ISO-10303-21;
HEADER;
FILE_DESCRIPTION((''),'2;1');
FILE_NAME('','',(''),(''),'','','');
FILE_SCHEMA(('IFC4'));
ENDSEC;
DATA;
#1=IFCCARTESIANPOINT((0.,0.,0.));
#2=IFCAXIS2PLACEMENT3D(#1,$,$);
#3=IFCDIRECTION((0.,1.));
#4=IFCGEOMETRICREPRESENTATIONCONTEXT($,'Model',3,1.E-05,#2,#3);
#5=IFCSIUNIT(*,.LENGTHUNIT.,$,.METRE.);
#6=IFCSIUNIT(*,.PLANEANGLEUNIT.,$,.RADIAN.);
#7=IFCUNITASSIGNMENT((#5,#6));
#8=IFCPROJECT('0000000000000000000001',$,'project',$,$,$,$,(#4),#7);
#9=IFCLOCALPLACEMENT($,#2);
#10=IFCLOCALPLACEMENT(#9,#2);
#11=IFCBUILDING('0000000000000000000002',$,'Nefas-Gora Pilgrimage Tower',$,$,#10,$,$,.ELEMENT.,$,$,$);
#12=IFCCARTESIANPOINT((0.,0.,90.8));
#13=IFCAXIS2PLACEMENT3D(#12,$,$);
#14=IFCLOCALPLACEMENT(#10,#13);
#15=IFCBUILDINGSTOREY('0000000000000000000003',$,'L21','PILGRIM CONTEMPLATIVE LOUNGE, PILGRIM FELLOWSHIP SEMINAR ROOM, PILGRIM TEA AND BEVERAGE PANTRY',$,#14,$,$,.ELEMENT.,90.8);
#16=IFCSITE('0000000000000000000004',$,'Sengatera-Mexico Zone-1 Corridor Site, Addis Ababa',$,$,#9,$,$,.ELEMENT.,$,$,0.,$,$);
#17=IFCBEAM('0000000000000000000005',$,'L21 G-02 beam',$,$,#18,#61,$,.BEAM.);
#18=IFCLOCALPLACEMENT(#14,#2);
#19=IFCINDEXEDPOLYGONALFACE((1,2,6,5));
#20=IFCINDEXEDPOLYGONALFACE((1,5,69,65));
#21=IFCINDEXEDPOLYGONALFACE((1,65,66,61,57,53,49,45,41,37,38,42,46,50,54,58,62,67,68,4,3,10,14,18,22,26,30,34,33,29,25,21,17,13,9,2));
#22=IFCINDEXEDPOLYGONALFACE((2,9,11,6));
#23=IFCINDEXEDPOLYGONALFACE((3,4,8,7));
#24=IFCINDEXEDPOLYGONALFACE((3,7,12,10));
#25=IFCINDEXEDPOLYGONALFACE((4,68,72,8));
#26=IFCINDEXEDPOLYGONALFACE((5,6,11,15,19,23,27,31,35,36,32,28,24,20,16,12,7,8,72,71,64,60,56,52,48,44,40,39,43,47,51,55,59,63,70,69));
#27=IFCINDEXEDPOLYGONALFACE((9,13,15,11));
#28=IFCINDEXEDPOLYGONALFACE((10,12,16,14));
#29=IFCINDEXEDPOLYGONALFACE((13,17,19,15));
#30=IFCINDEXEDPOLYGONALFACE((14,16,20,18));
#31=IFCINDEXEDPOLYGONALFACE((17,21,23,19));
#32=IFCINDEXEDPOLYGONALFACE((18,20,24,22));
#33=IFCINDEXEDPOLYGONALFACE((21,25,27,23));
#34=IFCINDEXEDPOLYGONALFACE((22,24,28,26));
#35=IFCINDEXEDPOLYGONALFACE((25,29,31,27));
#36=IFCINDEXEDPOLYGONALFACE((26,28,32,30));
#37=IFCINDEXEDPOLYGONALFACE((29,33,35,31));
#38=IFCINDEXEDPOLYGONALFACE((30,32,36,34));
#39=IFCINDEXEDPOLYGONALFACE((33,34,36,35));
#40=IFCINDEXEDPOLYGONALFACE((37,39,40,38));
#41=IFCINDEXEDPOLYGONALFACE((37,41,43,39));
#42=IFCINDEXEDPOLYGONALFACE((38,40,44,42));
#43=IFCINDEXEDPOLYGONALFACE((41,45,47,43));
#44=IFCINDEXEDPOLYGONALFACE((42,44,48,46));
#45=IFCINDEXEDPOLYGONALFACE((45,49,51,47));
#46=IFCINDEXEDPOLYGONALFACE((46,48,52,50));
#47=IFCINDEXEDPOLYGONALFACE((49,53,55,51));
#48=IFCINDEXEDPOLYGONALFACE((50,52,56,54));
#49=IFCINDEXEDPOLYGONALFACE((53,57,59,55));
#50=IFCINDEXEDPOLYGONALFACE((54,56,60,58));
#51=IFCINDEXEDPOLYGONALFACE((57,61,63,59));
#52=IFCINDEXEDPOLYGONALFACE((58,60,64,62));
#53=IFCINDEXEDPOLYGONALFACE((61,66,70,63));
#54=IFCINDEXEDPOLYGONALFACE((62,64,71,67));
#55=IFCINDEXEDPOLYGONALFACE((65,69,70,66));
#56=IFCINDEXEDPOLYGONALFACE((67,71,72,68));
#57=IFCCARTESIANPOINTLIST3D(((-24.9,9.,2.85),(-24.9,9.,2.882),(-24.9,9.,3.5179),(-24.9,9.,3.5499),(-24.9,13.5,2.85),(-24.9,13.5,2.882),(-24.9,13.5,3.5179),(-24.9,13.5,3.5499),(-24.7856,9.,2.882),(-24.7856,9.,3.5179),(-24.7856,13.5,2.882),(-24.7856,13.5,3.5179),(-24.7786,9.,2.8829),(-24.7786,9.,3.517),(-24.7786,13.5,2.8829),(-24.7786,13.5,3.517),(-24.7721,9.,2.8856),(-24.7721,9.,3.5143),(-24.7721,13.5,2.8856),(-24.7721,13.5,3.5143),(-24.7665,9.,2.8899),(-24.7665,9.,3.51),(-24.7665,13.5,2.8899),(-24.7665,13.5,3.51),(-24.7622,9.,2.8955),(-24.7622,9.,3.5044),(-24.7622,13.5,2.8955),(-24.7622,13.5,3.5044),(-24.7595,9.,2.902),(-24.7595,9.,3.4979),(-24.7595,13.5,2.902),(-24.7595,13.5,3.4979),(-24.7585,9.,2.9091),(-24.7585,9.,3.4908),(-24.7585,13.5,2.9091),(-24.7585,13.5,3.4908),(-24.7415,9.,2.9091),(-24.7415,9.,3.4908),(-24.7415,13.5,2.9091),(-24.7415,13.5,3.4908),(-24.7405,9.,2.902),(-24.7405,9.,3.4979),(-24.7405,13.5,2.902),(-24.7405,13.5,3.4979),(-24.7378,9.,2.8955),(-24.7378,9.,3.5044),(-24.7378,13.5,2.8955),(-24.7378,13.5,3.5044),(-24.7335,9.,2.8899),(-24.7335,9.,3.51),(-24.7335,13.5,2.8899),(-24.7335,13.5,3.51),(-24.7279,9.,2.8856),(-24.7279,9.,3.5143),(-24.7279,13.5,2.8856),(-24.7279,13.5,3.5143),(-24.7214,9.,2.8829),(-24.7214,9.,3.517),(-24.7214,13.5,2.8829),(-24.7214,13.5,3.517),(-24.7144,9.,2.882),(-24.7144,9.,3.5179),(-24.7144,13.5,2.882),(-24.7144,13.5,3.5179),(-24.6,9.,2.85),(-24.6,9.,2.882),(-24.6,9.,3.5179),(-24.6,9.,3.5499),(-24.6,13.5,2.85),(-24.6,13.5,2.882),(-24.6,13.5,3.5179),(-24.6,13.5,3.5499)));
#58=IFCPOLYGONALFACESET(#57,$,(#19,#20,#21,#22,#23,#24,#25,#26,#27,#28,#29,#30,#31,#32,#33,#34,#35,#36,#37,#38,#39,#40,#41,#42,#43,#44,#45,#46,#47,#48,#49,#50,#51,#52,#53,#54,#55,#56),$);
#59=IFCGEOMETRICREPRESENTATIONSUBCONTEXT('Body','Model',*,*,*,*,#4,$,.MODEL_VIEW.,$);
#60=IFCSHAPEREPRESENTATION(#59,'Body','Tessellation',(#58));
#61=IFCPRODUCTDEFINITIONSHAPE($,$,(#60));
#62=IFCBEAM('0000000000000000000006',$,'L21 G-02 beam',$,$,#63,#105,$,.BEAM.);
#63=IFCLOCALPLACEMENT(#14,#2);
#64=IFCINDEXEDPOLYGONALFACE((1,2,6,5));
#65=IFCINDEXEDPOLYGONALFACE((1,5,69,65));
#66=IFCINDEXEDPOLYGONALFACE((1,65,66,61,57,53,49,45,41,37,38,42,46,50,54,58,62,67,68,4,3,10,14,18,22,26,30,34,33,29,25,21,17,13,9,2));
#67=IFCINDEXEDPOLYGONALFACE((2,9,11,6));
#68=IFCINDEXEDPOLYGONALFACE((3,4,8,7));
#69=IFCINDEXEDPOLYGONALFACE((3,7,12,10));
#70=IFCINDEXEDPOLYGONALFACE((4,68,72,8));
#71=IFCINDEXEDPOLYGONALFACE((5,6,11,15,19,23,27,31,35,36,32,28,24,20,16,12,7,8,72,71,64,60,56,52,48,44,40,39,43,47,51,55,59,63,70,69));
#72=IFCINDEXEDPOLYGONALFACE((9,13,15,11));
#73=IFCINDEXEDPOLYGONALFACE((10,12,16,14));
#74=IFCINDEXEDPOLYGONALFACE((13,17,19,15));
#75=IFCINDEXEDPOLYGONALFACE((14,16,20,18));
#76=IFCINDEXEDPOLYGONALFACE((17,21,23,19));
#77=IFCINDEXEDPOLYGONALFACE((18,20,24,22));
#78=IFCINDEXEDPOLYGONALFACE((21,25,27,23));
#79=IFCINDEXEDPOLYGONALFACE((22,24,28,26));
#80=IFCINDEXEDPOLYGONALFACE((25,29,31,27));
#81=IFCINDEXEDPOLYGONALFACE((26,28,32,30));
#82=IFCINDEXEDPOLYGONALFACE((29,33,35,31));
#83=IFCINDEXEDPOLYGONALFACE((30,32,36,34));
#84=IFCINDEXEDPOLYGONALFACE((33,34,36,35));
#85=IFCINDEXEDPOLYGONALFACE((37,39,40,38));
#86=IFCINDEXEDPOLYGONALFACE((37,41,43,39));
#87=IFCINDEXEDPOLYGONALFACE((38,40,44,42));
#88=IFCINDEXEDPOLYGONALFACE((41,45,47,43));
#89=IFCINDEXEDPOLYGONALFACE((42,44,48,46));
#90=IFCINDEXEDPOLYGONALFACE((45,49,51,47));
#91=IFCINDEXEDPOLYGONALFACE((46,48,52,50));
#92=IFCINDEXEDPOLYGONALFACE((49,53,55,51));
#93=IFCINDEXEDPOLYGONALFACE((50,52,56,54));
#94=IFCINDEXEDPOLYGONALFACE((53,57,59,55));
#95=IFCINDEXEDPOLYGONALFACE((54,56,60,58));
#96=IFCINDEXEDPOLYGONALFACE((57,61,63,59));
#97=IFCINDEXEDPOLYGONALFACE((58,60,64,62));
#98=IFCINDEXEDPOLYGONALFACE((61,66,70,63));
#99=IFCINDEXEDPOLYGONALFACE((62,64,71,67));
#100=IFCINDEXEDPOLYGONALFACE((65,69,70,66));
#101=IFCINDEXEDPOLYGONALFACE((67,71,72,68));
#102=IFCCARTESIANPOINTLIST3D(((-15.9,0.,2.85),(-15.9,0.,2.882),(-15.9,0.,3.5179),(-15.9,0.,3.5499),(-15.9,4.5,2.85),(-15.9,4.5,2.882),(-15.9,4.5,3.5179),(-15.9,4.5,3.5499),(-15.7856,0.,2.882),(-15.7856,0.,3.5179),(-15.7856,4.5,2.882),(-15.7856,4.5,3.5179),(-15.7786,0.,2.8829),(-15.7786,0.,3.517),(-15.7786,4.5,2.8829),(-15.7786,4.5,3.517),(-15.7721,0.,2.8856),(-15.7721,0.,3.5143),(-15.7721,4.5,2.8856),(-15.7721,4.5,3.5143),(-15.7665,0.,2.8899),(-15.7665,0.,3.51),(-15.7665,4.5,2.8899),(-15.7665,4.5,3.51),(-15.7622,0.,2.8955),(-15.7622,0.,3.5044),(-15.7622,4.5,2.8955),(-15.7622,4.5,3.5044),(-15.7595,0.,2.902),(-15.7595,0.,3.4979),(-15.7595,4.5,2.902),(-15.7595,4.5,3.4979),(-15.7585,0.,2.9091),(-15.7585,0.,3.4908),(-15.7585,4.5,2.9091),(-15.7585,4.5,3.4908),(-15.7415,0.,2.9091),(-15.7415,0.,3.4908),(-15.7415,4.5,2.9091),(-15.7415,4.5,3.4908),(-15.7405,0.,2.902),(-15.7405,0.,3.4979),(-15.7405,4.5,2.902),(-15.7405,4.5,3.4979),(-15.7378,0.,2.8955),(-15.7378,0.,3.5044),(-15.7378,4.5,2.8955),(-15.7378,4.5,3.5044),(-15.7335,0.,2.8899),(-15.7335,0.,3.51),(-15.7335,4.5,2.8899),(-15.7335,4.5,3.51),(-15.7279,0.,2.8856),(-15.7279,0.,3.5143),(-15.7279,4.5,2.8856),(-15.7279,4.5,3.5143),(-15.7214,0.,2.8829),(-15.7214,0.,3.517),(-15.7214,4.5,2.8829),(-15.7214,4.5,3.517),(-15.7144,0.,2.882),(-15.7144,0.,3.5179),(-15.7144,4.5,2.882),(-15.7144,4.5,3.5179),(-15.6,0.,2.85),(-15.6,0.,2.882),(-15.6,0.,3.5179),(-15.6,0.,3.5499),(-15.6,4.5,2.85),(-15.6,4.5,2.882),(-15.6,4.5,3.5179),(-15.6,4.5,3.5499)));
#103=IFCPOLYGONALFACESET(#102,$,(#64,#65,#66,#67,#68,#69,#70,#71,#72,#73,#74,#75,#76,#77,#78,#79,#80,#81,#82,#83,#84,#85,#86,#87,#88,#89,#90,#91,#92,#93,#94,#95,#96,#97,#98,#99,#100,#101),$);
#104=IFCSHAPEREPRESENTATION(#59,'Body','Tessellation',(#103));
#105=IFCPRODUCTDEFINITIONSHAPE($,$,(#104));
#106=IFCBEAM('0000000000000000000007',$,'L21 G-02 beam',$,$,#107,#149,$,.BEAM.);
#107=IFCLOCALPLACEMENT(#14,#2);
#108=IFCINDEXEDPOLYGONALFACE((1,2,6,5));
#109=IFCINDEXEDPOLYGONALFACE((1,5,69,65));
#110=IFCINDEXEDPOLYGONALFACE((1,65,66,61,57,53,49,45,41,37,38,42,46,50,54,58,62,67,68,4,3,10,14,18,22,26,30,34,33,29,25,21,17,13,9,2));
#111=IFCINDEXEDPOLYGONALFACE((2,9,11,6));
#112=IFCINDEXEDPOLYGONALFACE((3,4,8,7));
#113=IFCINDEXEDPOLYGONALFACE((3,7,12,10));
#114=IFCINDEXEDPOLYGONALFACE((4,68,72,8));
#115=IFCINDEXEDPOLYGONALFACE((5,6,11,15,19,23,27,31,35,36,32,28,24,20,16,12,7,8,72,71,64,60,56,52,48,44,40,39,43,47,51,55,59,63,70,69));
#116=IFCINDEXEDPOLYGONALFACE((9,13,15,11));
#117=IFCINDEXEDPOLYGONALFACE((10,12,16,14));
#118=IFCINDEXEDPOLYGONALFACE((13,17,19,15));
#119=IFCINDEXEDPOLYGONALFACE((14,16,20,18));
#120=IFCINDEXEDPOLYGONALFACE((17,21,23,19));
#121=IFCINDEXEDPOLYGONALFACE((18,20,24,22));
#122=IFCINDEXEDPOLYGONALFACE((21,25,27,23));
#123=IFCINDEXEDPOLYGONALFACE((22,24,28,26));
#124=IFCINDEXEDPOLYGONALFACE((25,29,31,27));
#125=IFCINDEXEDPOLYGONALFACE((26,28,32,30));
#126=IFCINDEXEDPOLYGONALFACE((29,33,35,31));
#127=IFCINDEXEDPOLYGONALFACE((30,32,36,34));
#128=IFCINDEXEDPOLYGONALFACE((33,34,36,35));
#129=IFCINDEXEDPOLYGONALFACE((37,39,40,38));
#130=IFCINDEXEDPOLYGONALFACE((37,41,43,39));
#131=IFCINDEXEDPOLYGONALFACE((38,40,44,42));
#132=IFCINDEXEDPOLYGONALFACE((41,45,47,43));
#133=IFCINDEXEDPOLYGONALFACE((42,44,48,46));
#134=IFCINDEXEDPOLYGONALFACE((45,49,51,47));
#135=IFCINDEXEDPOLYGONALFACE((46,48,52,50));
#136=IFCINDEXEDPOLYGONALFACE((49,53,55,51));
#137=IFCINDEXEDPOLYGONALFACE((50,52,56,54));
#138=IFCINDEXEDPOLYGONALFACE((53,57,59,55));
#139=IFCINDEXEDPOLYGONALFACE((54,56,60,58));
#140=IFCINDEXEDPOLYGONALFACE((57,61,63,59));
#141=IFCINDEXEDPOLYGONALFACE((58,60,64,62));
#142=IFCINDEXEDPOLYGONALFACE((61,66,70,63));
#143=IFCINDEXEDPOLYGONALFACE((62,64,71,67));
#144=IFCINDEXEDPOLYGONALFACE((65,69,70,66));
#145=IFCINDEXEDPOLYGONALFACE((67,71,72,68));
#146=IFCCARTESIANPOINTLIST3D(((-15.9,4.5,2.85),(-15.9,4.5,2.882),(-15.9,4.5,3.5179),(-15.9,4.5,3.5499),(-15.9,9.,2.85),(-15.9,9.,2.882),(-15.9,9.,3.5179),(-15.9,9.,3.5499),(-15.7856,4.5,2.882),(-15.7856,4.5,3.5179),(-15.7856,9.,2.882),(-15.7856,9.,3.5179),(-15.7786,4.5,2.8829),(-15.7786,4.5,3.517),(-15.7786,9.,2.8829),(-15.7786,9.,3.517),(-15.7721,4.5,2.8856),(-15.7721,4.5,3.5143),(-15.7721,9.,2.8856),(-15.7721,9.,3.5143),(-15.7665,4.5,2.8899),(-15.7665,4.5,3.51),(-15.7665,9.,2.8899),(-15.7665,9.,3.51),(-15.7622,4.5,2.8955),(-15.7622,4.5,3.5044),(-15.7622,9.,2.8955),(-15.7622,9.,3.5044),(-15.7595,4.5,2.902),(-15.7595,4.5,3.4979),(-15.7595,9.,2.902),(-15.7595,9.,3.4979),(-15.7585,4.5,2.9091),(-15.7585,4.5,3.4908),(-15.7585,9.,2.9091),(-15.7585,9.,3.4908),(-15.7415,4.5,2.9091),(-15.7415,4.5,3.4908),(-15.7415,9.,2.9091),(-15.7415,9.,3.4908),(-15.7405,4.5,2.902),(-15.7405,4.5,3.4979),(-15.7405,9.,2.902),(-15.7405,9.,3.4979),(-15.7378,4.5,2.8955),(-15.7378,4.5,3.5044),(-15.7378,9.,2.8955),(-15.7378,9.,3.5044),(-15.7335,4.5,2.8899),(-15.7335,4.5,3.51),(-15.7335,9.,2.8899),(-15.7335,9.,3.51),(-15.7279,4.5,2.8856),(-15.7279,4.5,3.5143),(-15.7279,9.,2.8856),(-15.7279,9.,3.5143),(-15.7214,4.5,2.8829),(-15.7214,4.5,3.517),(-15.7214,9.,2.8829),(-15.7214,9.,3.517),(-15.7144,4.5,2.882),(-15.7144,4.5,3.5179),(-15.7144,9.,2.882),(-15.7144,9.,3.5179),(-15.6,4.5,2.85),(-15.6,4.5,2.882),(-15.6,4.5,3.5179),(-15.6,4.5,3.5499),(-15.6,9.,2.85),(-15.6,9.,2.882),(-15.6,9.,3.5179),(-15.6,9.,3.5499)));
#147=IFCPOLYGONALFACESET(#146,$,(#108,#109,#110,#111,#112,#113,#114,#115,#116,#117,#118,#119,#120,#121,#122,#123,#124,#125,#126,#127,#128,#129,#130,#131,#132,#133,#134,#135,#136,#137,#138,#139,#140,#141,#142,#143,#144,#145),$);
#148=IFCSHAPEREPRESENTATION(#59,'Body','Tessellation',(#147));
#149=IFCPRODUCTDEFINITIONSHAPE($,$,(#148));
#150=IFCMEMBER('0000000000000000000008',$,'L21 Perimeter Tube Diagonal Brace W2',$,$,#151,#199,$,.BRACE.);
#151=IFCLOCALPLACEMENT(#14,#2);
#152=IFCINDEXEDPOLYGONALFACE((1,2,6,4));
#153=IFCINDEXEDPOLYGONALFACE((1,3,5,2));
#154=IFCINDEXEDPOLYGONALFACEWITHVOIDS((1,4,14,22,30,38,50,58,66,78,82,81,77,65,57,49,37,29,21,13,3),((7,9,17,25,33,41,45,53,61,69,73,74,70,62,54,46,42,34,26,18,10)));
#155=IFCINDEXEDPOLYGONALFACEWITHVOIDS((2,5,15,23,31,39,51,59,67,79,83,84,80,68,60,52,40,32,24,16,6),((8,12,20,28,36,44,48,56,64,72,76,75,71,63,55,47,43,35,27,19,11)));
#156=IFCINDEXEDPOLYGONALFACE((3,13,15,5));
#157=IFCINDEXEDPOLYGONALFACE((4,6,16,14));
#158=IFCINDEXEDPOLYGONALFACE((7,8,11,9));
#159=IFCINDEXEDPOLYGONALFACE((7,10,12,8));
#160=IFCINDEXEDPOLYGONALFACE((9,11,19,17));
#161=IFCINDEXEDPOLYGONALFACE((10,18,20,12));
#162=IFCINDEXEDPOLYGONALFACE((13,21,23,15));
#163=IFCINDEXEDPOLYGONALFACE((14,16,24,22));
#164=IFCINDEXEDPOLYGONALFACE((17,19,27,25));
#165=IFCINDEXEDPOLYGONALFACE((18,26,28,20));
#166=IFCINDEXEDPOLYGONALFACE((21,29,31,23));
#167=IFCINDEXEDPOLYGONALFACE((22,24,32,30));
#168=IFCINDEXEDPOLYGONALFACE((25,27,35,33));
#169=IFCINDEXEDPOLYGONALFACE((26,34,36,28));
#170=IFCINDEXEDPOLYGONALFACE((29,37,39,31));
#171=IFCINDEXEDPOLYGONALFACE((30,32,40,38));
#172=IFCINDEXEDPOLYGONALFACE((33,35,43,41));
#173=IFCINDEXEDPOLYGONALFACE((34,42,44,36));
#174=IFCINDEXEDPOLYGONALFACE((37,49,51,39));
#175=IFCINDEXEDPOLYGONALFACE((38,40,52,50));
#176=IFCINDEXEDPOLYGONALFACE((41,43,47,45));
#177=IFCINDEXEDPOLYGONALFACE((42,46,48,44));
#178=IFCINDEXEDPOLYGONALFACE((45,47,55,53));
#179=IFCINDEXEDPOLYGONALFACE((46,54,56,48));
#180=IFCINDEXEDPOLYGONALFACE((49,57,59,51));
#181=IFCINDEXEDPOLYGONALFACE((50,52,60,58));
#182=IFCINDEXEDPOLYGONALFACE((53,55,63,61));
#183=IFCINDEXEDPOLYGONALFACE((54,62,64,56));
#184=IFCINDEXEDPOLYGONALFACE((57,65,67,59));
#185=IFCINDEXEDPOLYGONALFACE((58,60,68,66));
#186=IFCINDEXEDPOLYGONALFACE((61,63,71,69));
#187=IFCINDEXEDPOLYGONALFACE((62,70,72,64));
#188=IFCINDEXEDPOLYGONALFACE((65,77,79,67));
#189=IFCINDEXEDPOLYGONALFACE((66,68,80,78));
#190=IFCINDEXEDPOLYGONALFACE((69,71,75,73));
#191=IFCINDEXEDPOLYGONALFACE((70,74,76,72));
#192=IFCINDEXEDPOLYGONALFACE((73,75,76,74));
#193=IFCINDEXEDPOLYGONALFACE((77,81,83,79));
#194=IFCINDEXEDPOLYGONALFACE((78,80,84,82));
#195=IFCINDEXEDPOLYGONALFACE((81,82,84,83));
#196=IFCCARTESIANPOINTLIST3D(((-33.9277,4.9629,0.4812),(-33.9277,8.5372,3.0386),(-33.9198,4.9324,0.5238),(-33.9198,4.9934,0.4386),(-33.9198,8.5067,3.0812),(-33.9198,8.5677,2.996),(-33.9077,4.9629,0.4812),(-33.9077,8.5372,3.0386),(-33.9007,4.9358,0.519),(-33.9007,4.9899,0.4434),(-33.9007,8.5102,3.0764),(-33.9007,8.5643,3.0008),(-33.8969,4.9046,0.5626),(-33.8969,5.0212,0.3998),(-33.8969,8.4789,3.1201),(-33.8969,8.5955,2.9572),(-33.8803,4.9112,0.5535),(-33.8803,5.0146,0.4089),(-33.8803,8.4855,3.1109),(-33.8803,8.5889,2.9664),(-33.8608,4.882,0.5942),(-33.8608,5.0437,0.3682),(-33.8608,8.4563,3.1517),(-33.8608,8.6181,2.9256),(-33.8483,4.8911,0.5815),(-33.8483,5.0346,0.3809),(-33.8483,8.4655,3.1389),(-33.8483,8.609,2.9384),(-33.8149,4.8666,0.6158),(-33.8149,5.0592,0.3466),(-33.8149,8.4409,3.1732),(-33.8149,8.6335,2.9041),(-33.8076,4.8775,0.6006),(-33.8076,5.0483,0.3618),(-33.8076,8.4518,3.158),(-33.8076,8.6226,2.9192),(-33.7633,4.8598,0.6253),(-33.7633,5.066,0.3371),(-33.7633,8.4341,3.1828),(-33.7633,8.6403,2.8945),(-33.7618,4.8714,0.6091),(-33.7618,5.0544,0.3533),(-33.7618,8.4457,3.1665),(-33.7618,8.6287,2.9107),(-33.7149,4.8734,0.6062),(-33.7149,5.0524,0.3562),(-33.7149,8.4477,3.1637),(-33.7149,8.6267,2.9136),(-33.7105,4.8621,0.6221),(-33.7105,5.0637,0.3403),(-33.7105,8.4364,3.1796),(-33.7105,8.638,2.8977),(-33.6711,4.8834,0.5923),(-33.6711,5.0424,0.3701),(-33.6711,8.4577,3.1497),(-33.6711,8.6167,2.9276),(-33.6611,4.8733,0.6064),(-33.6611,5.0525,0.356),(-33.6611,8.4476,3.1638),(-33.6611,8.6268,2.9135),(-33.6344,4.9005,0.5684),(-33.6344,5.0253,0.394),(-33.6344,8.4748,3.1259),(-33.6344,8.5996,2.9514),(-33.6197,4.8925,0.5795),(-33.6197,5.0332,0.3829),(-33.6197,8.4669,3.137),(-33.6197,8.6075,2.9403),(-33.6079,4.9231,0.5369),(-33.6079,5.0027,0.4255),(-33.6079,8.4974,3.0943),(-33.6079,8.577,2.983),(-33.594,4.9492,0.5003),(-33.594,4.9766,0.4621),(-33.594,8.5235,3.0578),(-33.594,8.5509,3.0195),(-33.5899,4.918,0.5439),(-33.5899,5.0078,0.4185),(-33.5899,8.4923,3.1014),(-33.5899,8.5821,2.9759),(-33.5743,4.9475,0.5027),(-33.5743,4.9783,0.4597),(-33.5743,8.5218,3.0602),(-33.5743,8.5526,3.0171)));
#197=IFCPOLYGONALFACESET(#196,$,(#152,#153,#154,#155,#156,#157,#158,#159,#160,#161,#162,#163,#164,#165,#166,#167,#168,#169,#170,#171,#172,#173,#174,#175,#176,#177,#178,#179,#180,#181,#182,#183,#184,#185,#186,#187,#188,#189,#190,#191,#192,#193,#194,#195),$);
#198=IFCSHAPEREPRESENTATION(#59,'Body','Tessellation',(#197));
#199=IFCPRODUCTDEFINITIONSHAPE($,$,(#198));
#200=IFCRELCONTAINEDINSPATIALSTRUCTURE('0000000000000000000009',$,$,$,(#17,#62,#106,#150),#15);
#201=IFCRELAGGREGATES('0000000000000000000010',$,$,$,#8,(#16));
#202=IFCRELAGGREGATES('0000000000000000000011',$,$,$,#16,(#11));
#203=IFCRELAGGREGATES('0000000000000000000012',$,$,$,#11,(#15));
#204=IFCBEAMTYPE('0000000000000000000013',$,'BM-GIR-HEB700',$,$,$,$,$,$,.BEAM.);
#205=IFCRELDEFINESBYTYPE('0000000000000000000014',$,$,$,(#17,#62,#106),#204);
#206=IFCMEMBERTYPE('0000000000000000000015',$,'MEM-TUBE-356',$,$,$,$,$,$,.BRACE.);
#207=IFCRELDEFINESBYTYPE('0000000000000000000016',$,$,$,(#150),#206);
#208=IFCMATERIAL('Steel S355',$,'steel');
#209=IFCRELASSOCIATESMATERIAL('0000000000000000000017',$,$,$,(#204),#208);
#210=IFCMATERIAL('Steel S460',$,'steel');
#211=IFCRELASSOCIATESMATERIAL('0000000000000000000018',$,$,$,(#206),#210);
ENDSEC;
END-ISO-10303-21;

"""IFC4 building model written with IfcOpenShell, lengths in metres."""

from ifc_helpers import new_model, si_unit, direction, frame, origin, origin_2d, place, context, subcontext, project, spatial, hollow_circle, i_section, extrude, source, transform, mapped, material, material_profile, profile_set, type_object, element, save


model = new_model("IFC4")

# Units and contexts
model_context = context("Model", 3, precision=1e-05, world=origin(), true_north=direction((0.0, 1.0)))
body_context = subcontext(model_context, "Body", "Model", "MODEL_VIEW")
ifc_project = project(units=[si_unit("LENGTHUNIT", "METRE"), si_unit("PLANEANGLEUNIT", "RADIAN")], contexts=[model_context])

# Site, building, storey
site_placement = place(None, origin())
site = spatial("IfcSite", under=ifc_project, at=site_placement, Name="Sengatera-Mexico Zone-1 Corridor Site, Addis Ababa", CompositionType="ELEMENT", RefElevation=0.0)
building_placement = place(site_placement, origin())
building = spatial("IfcBuilding", under=site, at=building_placement, Name="Nefas-Gora Pilgrimage Tower", CompositionType="ELEMENT")
storey_placement = place(building_placement, frame((0.0, 0.0, 90.8)))
storey = spatial("IfcBuildingStorey", under=building, at=storey_placement, Name="L21", Description="PILGRIM CONTEMPLATIVE LOUNGE, PILGRIM FELLOWSHIP SEMINAR ROOM, PILGRIM TEA AND BEVERAGE PANTRY", CompositionType="ELEMENT", Elevation=90.8)

# Shared definitions
ifc_material_1 = material(Name="Steel S460", Category="steel")

# Beams
ifc_material_2 = material(Name="Steel S355", Category="steel")
ifc_material_profile_1 = material_profile(ifc_material_2, i_section(OverallWidth=0.3, OverallDepth=0.7, WebThickness=0.0171, FlangeThickness=0.032, FilletRadius=0.0271, at=origin_2d()), Name="HEB 700")
ifc_profile_set_1 = profile_set([ifc_material_profile_1], Name="Steel S355")
beam_type_1 = type_object("IfcBeamType", Name="BM-GIR-HEB700", PredefinedType="BEAM", material=ifc_profile_set_1)
shared_shape_1 = source(origin(), body_context, "Body", "SweptSolid", [
    extrude(i_section(OverallWidth=0.3, OverallDepth=0.7, WebThickness=0.0171, FlangeThickness=0.032, FilletRadius=0.0271, at=origin_2d()), origin(), (0.0, 0.0, 1.0), 4.5),
])
for number, where, z_axis, x_axis, name in (
    (1, (-24.75, 9.0, 3.2), (0.0, 1.0, 0.0), (-1.0, 0.0, 0.0), "L21 G-02 beam"),
    (2, (-15.75, 0.0, 3.2), (0.0, 1.0, 0.0), (-1.0, 0.0, 0.0), "L21 G-02 beam"),
    (3, (-15.75, 4.5, 3.2), (0.0, 1.0, 0.0), (-1.0, 0.0, 0.0), "L21 G-02 beam"),
):
    element("IfcBeam", number, at=place(storey_placement, frame(where, z_axis=z_axis, x_axis=x_axis)), inside=storey, type_object=beam_type_1, Name=name, PredefinedType="BEAM", context=body_context, shape_type="MappedRepresentation", body=[
        mapped(shared_shape_1, transform((0.0, 0.0, 0.0), x_axis=(1.0, 0.0, 0.0), y_axis=(0.0, 1.0, 0.0), z_axis=(0.0, 0.0, 1.0), scale=1.0)),
    ])

# Member
ifc_material_profile_2 = material_profile(ifc_material_1, hollow_circle(Radius=0.1777, WallThickness=0.02, at=origin_2d()), Name="CHS 355.6x20")
ifc_profile_set_2 = profile_set([ifc_material_profile_2], Name="Steel S460")
member_type_1 = type_object("IfcMemberType", Name="MEM-TUBE-356", PredefinedType="BRACE", material=ifc_profile_set_2)
shared_shape_2 = source(origin(), body_context, "Body", "SweptSolid", [
    extrude(hollow_circle(Radius=0.1777, WallThickness=0.02, at=origin_2d()), origin(), (0.0, 0.0, 1.0), 4.395),
])
member_1_placement = place(storey_placement, frame((-33.75, 4.9629, 0.4812), z_axis=(0.0, 0.813264, 0.581895), x_axis=(-1.0, 0.0, 0.0)))
element("IfcMember", 4, at=member_1_placement, inside=storey, type_object=member_type_1, Name="L21 Perimeter Tube Diagonal Brace W2", PredefinedType="BRACE", context=body_context, shape_type="MappedRepresentation", body=[
    mapped(shared_shape_2, transform((0.0, 0.0, 0.0), x_axis=(1.0, 0.0, 0.0), y_axis=(0.0, 1.0, 0.0), z_axis=(0.0, 0.0, 1.0), scale=1.0)),
])

save(model, "model.ifc")
